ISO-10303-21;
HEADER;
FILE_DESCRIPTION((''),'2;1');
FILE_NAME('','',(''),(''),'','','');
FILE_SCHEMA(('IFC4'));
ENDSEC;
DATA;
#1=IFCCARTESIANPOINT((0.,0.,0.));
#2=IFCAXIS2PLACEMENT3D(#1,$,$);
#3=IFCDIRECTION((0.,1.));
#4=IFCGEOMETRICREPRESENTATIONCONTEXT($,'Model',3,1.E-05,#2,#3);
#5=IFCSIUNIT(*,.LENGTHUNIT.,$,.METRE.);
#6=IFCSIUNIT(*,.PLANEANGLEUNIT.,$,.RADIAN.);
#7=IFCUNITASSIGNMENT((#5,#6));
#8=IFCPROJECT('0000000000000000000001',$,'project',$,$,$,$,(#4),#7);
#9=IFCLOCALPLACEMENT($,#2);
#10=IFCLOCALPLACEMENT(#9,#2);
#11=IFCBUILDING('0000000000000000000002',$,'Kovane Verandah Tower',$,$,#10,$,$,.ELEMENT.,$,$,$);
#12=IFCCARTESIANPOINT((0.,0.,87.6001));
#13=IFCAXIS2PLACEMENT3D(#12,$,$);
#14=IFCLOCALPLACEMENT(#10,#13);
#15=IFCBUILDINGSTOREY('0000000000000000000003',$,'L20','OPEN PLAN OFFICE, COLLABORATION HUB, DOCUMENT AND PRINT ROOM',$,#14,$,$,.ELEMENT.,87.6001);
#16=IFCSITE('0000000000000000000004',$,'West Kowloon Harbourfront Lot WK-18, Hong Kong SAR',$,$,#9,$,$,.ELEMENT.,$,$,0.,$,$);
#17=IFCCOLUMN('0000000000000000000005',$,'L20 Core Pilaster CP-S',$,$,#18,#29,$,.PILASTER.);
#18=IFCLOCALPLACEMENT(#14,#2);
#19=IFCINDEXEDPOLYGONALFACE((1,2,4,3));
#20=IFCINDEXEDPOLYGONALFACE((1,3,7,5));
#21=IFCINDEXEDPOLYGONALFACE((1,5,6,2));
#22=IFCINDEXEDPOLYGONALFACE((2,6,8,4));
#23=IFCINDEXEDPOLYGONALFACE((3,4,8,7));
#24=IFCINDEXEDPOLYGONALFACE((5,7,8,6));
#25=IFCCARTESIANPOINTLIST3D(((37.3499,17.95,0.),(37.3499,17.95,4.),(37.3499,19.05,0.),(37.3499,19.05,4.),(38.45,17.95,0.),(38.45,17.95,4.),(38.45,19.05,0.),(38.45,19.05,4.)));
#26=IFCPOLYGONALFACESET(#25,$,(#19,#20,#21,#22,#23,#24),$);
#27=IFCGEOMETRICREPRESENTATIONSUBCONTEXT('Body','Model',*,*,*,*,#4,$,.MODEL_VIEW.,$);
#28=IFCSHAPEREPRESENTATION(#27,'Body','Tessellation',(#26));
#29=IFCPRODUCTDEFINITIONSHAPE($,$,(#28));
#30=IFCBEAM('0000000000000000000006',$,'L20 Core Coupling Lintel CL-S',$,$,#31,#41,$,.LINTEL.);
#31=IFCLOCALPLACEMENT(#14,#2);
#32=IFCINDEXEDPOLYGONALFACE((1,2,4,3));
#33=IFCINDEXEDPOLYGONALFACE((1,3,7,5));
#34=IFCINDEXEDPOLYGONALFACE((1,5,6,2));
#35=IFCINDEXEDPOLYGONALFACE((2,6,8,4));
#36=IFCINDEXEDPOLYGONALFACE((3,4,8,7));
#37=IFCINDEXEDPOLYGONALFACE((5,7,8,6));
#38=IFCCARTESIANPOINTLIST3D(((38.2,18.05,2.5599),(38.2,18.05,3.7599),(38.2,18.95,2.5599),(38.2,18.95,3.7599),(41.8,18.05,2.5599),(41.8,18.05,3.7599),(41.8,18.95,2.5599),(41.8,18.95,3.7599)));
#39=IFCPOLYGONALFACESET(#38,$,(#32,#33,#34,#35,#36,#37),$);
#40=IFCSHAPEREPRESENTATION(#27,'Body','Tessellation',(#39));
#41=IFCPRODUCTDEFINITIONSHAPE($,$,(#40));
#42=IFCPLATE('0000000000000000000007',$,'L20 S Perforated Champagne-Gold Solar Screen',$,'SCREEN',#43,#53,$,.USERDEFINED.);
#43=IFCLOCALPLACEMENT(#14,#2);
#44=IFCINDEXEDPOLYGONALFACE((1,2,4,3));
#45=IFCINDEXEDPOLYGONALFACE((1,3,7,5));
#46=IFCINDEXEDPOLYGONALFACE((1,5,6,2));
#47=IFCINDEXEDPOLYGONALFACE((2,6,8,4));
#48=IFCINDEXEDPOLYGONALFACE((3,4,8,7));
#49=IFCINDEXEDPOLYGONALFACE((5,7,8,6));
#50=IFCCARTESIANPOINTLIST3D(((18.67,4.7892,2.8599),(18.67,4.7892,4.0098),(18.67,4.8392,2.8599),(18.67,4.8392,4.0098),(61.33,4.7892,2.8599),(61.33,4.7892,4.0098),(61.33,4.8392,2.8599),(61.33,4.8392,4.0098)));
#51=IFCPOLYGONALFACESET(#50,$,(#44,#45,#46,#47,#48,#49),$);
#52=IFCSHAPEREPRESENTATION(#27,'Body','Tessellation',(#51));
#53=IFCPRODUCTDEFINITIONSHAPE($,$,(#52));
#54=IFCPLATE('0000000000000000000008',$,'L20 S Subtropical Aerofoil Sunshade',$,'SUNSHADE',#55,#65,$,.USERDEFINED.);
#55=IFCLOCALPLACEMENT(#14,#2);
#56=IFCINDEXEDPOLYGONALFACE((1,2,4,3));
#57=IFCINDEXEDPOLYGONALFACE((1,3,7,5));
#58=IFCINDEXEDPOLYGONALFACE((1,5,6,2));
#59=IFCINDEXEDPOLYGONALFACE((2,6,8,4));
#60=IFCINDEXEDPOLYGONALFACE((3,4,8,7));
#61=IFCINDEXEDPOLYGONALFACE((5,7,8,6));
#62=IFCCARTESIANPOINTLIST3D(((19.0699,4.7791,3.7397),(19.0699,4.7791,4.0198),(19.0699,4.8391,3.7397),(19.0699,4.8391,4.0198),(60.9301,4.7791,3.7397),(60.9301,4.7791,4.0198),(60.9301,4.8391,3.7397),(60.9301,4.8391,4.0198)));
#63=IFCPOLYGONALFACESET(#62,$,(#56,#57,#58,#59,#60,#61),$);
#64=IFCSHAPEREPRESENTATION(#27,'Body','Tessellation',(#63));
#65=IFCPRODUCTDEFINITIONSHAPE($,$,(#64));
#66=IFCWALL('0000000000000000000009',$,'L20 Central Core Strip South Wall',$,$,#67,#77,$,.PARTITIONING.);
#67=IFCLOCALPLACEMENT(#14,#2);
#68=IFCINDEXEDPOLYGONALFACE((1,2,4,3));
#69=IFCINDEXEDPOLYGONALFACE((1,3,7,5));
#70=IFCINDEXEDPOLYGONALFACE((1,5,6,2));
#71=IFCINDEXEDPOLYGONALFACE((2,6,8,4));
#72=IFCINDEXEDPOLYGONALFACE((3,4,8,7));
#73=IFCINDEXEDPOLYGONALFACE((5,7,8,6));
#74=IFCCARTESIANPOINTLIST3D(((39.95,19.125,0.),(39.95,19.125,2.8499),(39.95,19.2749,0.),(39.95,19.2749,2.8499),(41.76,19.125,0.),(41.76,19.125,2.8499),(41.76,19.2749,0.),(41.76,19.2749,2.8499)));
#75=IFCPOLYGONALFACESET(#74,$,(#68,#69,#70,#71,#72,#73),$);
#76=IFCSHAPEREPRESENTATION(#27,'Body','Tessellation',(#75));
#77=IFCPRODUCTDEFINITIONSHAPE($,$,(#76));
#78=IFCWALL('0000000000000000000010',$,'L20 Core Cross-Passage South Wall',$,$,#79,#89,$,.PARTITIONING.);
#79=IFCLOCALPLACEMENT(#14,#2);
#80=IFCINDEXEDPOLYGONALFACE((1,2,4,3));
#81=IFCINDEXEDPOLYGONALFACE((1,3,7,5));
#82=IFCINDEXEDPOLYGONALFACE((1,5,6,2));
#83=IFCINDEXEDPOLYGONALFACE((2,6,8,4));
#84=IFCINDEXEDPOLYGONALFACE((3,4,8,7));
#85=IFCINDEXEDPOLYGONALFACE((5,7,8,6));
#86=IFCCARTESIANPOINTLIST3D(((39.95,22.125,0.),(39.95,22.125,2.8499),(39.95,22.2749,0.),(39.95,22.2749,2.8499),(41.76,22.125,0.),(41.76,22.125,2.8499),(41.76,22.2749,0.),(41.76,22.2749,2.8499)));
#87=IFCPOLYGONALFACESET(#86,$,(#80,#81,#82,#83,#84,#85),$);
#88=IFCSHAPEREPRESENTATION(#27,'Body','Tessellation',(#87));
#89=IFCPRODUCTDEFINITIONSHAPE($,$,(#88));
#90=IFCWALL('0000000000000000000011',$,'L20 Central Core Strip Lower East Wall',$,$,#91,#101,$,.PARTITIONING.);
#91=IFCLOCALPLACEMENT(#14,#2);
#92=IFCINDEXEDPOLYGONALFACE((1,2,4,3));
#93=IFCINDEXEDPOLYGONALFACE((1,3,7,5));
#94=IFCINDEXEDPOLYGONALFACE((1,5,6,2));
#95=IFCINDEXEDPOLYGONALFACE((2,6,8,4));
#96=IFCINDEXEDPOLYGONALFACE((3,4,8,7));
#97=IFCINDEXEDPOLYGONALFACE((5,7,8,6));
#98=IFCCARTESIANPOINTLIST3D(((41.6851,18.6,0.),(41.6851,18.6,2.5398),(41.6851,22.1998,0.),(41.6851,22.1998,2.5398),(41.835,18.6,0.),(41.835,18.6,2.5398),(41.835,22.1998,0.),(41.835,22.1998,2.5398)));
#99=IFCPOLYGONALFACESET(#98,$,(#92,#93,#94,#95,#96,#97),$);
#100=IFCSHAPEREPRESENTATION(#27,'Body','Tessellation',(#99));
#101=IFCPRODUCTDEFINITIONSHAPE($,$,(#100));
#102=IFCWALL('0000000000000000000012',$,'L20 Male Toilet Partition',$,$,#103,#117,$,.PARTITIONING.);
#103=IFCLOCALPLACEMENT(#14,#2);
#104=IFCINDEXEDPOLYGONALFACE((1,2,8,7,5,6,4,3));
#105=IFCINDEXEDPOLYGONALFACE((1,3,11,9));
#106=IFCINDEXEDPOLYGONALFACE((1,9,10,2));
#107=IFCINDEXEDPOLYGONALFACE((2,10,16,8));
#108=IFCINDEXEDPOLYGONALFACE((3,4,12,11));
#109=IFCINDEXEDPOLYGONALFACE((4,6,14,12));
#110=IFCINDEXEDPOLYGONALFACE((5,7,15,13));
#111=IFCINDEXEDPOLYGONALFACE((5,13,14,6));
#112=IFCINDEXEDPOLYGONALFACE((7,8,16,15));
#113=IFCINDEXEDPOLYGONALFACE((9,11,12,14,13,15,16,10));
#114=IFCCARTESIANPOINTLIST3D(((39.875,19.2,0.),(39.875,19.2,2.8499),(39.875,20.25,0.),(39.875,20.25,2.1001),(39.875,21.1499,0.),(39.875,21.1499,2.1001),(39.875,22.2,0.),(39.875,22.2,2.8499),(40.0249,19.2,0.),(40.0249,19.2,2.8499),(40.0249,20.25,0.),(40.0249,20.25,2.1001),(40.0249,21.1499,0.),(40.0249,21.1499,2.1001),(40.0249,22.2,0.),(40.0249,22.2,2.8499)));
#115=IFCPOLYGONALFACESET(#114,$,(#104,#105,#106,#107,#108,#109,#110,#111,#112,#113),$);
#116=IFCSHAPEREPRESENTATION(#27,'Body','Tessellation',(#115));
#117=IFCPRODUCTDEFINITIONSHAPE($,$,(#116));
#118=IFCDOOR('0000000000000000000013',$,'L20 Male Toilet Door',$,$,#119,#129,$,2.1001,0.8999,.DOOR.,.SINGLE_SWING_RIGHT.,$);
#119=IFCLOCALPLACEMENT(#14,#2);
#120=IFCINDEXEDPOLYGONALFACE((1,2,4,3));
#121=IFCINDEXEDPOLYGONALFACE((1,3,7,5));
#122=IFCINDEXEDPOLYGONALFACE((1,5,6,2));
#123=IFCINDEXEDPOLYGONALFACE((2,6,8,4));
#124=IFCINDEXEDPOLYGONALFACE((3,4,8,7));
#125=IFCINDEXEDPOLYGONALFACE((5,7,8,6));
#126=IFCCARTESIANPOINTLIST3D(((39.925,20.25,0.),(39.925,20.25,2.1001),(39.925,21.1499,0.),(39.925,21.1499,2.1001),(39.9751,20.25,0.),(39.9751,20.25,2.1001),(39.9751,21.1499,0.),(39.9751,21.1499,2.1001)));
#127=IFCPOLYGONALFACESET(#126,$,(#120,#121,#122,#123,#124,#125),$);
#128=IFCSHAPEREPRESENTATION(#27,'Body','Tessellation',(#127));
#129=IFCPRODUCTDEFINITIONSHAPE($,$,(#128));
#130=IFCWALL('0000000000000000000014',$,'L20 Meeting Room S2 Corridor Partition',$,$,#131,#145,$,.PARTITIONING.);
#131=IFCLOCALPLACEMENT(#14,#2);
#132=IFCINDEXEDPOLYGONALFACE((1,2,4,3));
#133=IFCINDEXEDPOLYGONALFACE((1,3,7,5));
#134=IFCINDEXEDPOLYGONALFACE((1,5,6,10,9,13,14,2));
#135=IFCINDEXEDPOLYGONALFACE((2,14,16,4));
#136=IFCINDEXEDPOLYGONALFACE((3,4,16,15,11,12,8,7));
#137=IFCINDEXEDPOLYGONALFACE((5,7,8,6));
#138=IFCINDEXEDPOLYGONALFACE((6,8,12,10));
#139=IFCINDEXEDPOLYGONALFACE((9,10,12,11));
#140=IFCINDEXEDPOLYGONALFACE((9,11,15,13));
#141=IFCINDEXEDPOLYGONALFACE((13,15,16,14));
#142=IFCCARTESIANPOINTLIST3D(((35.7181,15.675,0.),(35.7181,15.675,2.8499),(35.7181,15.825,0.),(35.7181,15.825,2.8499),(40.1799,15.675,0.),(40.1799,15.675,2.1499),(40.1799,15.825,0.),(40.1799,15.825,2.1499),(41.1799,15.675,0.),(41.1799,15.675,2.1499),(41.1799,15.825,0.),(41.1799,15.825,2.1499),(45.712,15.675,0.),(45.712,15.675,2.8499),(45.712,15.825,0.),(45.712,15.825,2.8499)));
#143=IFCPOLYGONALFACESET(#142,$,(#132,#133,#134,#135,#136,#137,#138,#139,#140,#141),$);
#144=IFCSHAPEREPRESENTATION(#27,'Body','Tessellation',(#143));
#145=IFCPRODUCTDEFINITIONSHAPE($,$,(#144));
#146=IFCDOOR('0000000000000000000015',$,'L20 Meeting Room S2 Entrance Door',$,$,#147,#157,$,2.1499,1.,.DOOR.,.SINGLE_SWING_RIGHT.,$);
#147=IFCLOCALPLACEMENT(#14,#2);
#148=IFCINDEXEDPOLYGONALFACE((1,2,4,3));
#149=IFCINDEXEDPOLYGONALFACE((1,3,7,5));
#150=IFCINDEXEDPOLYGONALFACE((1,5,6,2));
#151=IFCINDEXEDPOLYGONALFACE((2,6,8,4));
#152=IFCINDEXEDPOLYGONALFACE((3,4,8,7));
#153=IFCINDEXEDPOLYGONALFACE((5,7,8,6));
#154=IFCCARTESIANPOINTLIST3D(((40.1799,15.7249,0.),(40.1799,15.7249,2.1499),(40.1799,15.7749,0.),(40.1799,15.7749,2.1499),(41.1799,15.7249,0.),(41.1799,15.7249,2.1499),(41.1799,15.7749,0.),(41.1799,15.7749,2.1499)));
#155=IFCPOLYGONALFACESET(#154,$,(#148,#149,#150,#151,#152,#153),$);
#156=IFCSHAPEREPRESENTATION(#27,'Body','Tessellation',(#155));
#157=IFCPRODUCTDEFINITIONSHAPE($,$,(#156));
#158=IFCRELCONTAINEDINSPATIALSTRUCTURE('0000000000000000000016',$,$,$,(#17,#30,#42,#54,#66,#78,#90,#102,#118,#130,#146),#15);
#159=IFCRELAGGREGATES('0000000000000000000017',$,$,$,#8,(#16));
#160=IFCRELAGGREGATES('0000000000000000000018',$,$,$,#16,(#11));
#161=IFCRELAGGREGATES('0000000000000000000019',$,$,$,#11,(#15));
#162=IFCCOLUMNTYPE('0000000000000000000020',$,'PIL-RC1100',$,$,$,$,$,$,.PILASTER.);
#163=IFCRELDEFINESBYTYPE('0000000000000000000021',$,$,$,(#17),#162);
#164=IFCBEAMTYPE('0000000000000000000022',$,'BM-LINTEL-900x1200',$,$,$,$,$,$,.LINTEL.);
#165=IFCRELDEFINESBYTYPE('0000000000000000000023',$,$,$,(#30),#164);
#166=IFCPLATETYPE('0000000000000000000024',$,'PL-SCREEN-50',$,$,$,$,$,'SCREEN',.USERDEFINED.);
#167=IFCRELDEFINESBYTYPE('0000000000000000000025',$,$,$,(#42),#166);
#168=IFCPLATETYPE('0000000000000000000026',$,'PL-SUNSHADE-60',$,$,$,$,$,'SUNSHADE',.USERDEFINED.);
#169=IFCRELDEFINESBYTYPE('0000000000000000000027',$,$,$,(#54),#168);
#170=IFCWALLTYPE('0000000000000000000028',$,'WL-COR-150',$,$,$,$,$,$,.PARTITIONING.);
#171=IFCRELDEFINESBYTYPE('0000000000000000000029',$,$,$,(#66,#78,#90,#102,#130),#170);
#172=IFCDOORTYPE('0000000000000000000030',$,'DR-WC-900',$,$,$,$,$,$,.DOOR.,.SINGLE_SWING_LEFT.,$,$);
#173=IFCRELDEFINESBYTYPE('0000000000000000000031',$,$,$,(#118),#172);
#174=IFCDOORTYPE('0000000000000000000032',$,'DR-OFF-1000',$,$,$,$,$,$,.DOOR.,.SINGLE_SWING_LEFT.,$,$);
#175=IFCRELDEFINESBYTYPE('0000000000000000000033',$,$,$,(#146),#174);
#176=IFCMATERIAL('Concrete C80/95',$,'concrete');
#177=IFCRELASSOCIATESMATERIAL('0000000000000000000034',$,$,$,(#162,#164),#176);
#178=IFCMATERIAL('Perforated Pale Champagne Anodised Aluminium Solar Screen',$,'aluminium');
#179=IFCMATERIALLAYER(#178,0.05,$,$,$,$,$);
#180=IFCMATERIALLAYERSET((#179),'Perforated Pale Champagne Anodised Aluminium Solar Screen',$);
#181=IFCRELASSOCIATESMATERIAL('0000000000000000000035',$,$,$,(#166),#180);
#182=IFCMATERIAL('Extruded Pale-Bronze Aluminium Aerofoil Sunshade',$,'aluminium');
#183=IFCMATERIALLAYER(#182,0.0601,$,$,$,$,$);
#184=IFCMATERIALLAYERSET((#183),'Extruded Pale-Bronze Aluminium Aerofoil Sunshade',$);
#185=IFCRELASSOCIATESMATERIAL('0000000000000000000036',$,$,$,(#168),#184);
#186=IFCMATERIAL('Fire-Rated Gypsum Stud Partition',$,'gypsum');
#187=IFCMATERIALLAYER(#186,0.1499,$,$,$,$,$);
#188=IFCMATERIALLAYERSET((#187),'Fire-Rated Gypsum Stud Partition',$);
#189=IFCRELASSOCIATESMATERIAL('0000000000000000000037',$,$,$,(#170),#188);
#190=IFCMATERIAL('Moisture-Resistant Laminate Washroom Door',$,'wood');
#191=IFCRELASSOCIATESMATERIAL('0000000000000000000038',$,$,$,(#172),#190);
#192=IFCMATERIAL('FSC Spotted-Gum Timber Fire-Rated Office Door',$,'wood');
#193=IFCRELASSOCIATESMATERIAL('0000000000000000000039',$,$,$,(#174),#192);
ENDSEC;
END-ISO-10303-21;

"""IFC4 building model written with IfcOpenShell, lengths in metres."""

from ifc_helpers import new_model, si_unit, direction, frame, frame_2d, origin, origin_2d, place, context, subcontext, project, spatial, rectangle, extrude, material, layer, layer_set, material_profile, profile_set, type_object, element, fill, save


model = new_model("IFC4")

# Units and contexts
model_context = context("Model", 3, precision=1e-05, world=origin(), true_north=direction((0.0, 1.0)))
body_context = subcontext(model_context, "Body", "Model", "MODEL_VIEW")
ifc_project = project(units=[si_unit("LENGTHUNIT", "METRE"), si_unit("PLANEANGLEUNIT", "RADIAN")], contexts=[model_context])

# Site, building, storey
site_placement = place(None, origin())
site = spatial("IfcSite", under=ifc_project, at=site_placement, Name="West Kowloon Harbourfront Lot WK-18, Hong Kong SAR", CompositionType="ELEMENT", RefElevation=0.0)
building_placement = place(site_placement, origin())
building = spatial("IfcBuilding", under=site, at=building_placement, Name="Kovane Verandah Tower", CompositionType="ELEMENT")
storey_placement = place(building_placement, frame((0.0, 0.0, 87.6001)))
storey = spatial("IfcBuildingStorey", under=building, at=storey_placement, Name="L20", Description="OPEN PLAN OFFICE, COLLABORATION HUB, DOCUMENT AND PRINT ROOM", CompositionType="ELEMENT", Elevation=87.6001)

# Column
ifc_material_1 = material(Name="Concrete C80/95", Category="concrete")
ifc_material_profile_1 = material_profile(ifc_material_1, rectangle(XDim=1.1001, YDim=1.1001, at=origin_2d()), Name="RC1100x1100")
ifc_profile_set_1 = profile_set([ifc_material_profile_1], Name="Concrete C80/95")
column_type = type_object("IfcColumnType", Name="PIL-RC1100", PredefinedType="PILASTER", material=ifc_profile_set_1)
column_placement = place(storey_placement, frame((37.8999, 18.5, 0.0), z_axis=(0.0, 0.0, 1.0), x_axis=(1.0, 0.0, 0.0)))
element("IfcColumn", 1, at=column_placement, inside=storey, type_object=column_type, Name="L20 Core Pilaster CP-S", PredefinedType="PILASTER", context=body_context, shape_type="SweptSolid", body=[
    extrude(rectangle(XDim=1.1001, YDim=1.1001, at=origin_2d()), origin(), (0.0, 0.0, 1.0), 4.0),
])

# Beam
ifc_material_profile_2 = material_profile(ifc_material_1, rectangle(XDim=0.8999, YDim=1.2, at=origin_2d()), Name="RCB900x1200")
ifc_profile_set_2 = profile_set([ifc_material_profile_2], Name="Concrete C80/95")
beam_type = type_object("IfcBeamType", Name="BM-LINTEL-900x1200", PredefinedType="LINTEL", material=ifc_profile_set_2)
beam_placement = place(storey_placement, frame((38.2, 18.5, 3.1599), z_axis=(1.0, 0.0, 0.0), x_axis=(0.0, 1.0, 0.0)))
element("IfcBeam", 2, at=beam_placement, inside=storey, type_object=beam_type, Name="L20 Core Coupling Lintel CL-S", PredefinedType="LINTEL", context=body_context, shape_type="SweptSolid", body=[
    extrude(rectangle(XDim=0.8999, YDim=1.2, at=origin_2d()), origin(), (0.0, 0.0, 1.0), 3.6001),
])

# Plates
ifc_material_2 = material(Name="Perforated Pale Champagne Anodised Aluminium Solar Screen", Category="aluminium")
ifc_layer_1 = layer(ifc_material_2, 0.05)
ifc_layer_set_1 = layer_set([ifc_layer_1], Name="Perforated Pale Champagne Anodised Aluminium Solar Screen")
plate_type_1 = type_object("IfcPlateType", Name="PL-SCREEN-50", ElementType="SCREEN", PredefinedType="USERDEFINED", material=ifc_layer_set_1)
plate_1_placement = place(storey_placement, frame((40.0, 4.8142, 2.8599), z_axis=(0.0, 0.0, 1.0), x_axis=(1.0, 0.0, 0.0)))
element("IfcPlate", 3, at=plate_1_placement, inside=storey, type_object=plate_type_1, Name="L20 S Perforated Champagne-Gold Solar Screen", ObjectType="SCREEN", PredefinedType="USERDEFINED", context=body_context, shape_type="SweptSolid", body=[
    extrude(rectangle(XDim=42.6599, YDim=0.05, at=origin_2d()), origin(), (0.0, 0.0, 1.0), 1.1499),
])
ifc_material_3 = material(Name="Extruded Pale-Bronze Aluminium Aerofoil Sunshade", Category="aluminium")
ifc_layer_2 = layer(ifc_material_3, 0.0601)
ifc_layer_set_2 = layer_set([ifc_layer_2], Name="Extruded Pale-Bronze Aluminium Aerofoil Sunshade")
plate_type_2 = type_object("IfcPlateType", Name="PL-SUNSHADE-60", ElementType="SUNSHADE", PredefinedType="USERDEFINED", material=ifc_layer_set_2)
plate_2_placement = place(storey_placement, frame((40.0, 4.8091, 3.7397), z_axis=(0.0, 0.0, 1.0), x_axis=(1.0, 0.0, 0.0)))
element("IfcPlate", 4, at=plate_2_placement, inside=storey, type_object=plate_type_2, Name="L20 S Subtropical Aerofoil Sunshade", ObjectType="SUNSHADE", PredefinedType="USERDEFINED", context=body_context, shape_type="SweptSolid", body=[
    extrude(rectangle(XDim=41.8601, YDim=0.0601, at=origin_2d()), origin(), (0.0, 0.0, 1.0), 0.28),
])

# Walls
ifc_material_4 = material(Name="Fire-Rated Gypsum Stud Partition", Category="gypsum")
ifc_layer_3 = layer(ifc_material_4, 0.1499)
ifc_layer_set_3 = layer_set([ifc_layer_3], Name="Fire-Rated Gypsum Stud Partition")
wall_type_1 = type_object("IfcWallType", Name="WL-COR-150", PredefinedType="PARTITIONING", material=ifc_layer_set_3)
for number, where, z_axis, x_axis, name in (
    (5, (39.95, 19.2, 0.0), (0.0, 0.0, 1.0), (1.0, 0.0, 0.0), "L20 Central Core Strip South Wall"),
    (6, (39.95, 22.2, 0.0), (0.0, 0.0, 1.0), (1.0, 0.0, 0.0), "L20 Core Cross-Passage South Wall"),
):
    element("IfcWall", number, at=place(storey_placement, frame(where, z_axis=z_axis, x_axis=x_axis)), inside=storey, type_object=wall_type_1, Name=name, PredefinedType="PARTITIONING", context=body_context, shape_type="SweptSolid", body=[
        extrude(rectangle(XDim=1.8101, YDim=0.1499, at=frame_2d((0.905, 0.0))), origin(), (0.0, 0.0, 1.0), 2.8499),
    ])
wall_1_placement = place(storey_placement, frame((41.76, 18.6001, 0.0), z_axis=(0.0, 0.0, 1.0), x_axis=(0.0, 1.0, 0.0)))
element("IfcWall", 7, at=wall_1_placement, inside=storey, type_object=wall_type_1, Name="L20 Central Core Strip Lower East Wall", PredefinedType="PARTITIONING", context=body_context, shape_type="SweptSolid", body=[
    extrude(rectangle(XDim=3.5999, YDim=0.1499, at=frame_2d((1.7998, 0.0))), origin(), (0.0, 0.0, 1.0), 2.5398),
])

# Walls, openings, doors
wall_2_placement = place(storey_placement, frame((39.95, 19.2, 0.0), z_axis=(0.0, 0.0, 1.0), x_axis=(0.0, 1.0, 0.0)))
wall_2 = element("IfcWall", 8, at=wall_2_placement, inside=storey, type_object=wall_type_1, Name="L20 Male Toilet Partition", PredefinedType="PARTITIONING", context=body_context, shape_type="SweptSolid", body=[
    extrude(rectangle(XDim=3.0, YDim=0.1499, at=frame_2d((1.5, 0.0))), origin(), (0.0, 0.0, 1.0), 2.8499),
])
opening_1_placement = place(wall_2_placement, frame((1.05, 0.0, 0.0)))
opening_1 = element("IfcOpeningElement", 9, at=opening_1_placement, cuts=wall_2, PredefinedType="OPENING", context=body_context, shape_type="SweptSolid", body=[
    extrude(rectangle(XDim=0.8999, YDim=2.1001, at=frame_2d((0.45, 1.05))), frame((0.0, 0.075, 0.0), z_axis=(0.0, -1.0, 0.0), x_axis=(1.0, 0.0, 0.0)), (0.0, 0.0, 1.0), 0.1499),
])
ifc_material_5 = material(Name="Moisture-Resistant Laminate Washroom Door", Category="wood")
door_type_1 = type_object("IfcDoorType", Name="DR-WC-900", OperationType="SINGLE_SWING_LEFT", PredefinedType="DOOR", material=ifc_material_5)
door_1_placement = place(opening_1_placement, origin())
door_1 = element("IfcDoor", 10, at=door_1_placement, inside=storey, type_object=door_type_1, Name="L20 Male Toilet Door", OperationType="SINGLE_SWING_RIGHT", OverallHeight=2.1001, OverallWidth=0.8999, PredefinedType="DOOR", context=body_context, shape_type="SweptSolid", body=[
    extrude(rectangle(XDim=0.8999, YDim=2.1001, at=frame_2d((0.45, 1.05))), frame((0.0, 0.0249, 0.0), z_axis=(0.0, -1.0, 0.0), x_axis=(1.0, 0.0, 0.0)), (0.0, 0.0, 1.0), 0.05),
])
fill(opening_1, door_1)
ifc_material_6 = material(Name="FSC Spotted-Gum Timber Fire-Rated Office Door", Category="wood")
door_type_2 = type_object("IfcDoorType", Name="DR-OFF-1000", OperationType="SINGLE_SWING_LEFT", PredefinedType="DOOR", material=ifc_material_6)
wall_3_placement = place(storey_placement, frame((35.718, 15.75, 0.0), z_axis=(0.0, 0.0, 1.0), x_axis=(1.0, 0.0, 0.0)))
wall_3 = element("IfcWall", 11, at=wall_3_placement, inside=storey, type_object=wall_type_1, Name="L20 Meeting Room S2 Corridor Partition", PredefinedType="PARTITIONING", context=body_context, shape_type="SweptSolid", body=[
    extrude(rectangle(XDim=9.9939, YDim=0.1499, at=frame_2d((4.9971, 0.0))), origin(), (0.0, 0.0, 1.0), 2.8499),
])
opening_2_placement = place(wall_3_placement, frame((4.4619, 0.0, 0.0)))
opening_2 = element("IfcOpeningElement", 12, at=opening_2_placement, cuts=wall_3, PredefinedType="OPENING", context=body_context, shape_type="SweptSolid", body=[
    extrude(rectangle(XDim=1.0, YDim=2.1499, at=frame_2d((0.5, 1.075))), frame((0.0, 0.075, 0.0), z_axis=(0.0, -1.0, 0.0), x_axis=(1.0, 0.0, 0.0)), (0.0, 0.0, 1.0), 0.1499),
])
door_2_placement = place(opening_2_placement, origin())
door_2 = element("IfcDoor", 13, at=door_2_placement, inside=storey, type_object=door_type_2, Name="L20 Meeting Room S2 Entrance Door", OperationType="SINGLE_SWING_RIGHT", OverallHeight=2.1499, OverallWidth=1.0, PredefinedType="DOOR", context=body_context, shape_type="SweptSolid", body=[
    extrude(rectangle(XDim=1.0, YDim=2.1499, at=frame_2d((0.5, 1.075))), frame((0.0, 0.0249, 0.0), z_axis=(0.0, -1.0, 0.0), x_axis=(1.0, 0.0, 0.0)), (0.0, 0.0, 1.0), 0.05),
])
fill(opening_2, door_2)

save(model, "model.ifc")
